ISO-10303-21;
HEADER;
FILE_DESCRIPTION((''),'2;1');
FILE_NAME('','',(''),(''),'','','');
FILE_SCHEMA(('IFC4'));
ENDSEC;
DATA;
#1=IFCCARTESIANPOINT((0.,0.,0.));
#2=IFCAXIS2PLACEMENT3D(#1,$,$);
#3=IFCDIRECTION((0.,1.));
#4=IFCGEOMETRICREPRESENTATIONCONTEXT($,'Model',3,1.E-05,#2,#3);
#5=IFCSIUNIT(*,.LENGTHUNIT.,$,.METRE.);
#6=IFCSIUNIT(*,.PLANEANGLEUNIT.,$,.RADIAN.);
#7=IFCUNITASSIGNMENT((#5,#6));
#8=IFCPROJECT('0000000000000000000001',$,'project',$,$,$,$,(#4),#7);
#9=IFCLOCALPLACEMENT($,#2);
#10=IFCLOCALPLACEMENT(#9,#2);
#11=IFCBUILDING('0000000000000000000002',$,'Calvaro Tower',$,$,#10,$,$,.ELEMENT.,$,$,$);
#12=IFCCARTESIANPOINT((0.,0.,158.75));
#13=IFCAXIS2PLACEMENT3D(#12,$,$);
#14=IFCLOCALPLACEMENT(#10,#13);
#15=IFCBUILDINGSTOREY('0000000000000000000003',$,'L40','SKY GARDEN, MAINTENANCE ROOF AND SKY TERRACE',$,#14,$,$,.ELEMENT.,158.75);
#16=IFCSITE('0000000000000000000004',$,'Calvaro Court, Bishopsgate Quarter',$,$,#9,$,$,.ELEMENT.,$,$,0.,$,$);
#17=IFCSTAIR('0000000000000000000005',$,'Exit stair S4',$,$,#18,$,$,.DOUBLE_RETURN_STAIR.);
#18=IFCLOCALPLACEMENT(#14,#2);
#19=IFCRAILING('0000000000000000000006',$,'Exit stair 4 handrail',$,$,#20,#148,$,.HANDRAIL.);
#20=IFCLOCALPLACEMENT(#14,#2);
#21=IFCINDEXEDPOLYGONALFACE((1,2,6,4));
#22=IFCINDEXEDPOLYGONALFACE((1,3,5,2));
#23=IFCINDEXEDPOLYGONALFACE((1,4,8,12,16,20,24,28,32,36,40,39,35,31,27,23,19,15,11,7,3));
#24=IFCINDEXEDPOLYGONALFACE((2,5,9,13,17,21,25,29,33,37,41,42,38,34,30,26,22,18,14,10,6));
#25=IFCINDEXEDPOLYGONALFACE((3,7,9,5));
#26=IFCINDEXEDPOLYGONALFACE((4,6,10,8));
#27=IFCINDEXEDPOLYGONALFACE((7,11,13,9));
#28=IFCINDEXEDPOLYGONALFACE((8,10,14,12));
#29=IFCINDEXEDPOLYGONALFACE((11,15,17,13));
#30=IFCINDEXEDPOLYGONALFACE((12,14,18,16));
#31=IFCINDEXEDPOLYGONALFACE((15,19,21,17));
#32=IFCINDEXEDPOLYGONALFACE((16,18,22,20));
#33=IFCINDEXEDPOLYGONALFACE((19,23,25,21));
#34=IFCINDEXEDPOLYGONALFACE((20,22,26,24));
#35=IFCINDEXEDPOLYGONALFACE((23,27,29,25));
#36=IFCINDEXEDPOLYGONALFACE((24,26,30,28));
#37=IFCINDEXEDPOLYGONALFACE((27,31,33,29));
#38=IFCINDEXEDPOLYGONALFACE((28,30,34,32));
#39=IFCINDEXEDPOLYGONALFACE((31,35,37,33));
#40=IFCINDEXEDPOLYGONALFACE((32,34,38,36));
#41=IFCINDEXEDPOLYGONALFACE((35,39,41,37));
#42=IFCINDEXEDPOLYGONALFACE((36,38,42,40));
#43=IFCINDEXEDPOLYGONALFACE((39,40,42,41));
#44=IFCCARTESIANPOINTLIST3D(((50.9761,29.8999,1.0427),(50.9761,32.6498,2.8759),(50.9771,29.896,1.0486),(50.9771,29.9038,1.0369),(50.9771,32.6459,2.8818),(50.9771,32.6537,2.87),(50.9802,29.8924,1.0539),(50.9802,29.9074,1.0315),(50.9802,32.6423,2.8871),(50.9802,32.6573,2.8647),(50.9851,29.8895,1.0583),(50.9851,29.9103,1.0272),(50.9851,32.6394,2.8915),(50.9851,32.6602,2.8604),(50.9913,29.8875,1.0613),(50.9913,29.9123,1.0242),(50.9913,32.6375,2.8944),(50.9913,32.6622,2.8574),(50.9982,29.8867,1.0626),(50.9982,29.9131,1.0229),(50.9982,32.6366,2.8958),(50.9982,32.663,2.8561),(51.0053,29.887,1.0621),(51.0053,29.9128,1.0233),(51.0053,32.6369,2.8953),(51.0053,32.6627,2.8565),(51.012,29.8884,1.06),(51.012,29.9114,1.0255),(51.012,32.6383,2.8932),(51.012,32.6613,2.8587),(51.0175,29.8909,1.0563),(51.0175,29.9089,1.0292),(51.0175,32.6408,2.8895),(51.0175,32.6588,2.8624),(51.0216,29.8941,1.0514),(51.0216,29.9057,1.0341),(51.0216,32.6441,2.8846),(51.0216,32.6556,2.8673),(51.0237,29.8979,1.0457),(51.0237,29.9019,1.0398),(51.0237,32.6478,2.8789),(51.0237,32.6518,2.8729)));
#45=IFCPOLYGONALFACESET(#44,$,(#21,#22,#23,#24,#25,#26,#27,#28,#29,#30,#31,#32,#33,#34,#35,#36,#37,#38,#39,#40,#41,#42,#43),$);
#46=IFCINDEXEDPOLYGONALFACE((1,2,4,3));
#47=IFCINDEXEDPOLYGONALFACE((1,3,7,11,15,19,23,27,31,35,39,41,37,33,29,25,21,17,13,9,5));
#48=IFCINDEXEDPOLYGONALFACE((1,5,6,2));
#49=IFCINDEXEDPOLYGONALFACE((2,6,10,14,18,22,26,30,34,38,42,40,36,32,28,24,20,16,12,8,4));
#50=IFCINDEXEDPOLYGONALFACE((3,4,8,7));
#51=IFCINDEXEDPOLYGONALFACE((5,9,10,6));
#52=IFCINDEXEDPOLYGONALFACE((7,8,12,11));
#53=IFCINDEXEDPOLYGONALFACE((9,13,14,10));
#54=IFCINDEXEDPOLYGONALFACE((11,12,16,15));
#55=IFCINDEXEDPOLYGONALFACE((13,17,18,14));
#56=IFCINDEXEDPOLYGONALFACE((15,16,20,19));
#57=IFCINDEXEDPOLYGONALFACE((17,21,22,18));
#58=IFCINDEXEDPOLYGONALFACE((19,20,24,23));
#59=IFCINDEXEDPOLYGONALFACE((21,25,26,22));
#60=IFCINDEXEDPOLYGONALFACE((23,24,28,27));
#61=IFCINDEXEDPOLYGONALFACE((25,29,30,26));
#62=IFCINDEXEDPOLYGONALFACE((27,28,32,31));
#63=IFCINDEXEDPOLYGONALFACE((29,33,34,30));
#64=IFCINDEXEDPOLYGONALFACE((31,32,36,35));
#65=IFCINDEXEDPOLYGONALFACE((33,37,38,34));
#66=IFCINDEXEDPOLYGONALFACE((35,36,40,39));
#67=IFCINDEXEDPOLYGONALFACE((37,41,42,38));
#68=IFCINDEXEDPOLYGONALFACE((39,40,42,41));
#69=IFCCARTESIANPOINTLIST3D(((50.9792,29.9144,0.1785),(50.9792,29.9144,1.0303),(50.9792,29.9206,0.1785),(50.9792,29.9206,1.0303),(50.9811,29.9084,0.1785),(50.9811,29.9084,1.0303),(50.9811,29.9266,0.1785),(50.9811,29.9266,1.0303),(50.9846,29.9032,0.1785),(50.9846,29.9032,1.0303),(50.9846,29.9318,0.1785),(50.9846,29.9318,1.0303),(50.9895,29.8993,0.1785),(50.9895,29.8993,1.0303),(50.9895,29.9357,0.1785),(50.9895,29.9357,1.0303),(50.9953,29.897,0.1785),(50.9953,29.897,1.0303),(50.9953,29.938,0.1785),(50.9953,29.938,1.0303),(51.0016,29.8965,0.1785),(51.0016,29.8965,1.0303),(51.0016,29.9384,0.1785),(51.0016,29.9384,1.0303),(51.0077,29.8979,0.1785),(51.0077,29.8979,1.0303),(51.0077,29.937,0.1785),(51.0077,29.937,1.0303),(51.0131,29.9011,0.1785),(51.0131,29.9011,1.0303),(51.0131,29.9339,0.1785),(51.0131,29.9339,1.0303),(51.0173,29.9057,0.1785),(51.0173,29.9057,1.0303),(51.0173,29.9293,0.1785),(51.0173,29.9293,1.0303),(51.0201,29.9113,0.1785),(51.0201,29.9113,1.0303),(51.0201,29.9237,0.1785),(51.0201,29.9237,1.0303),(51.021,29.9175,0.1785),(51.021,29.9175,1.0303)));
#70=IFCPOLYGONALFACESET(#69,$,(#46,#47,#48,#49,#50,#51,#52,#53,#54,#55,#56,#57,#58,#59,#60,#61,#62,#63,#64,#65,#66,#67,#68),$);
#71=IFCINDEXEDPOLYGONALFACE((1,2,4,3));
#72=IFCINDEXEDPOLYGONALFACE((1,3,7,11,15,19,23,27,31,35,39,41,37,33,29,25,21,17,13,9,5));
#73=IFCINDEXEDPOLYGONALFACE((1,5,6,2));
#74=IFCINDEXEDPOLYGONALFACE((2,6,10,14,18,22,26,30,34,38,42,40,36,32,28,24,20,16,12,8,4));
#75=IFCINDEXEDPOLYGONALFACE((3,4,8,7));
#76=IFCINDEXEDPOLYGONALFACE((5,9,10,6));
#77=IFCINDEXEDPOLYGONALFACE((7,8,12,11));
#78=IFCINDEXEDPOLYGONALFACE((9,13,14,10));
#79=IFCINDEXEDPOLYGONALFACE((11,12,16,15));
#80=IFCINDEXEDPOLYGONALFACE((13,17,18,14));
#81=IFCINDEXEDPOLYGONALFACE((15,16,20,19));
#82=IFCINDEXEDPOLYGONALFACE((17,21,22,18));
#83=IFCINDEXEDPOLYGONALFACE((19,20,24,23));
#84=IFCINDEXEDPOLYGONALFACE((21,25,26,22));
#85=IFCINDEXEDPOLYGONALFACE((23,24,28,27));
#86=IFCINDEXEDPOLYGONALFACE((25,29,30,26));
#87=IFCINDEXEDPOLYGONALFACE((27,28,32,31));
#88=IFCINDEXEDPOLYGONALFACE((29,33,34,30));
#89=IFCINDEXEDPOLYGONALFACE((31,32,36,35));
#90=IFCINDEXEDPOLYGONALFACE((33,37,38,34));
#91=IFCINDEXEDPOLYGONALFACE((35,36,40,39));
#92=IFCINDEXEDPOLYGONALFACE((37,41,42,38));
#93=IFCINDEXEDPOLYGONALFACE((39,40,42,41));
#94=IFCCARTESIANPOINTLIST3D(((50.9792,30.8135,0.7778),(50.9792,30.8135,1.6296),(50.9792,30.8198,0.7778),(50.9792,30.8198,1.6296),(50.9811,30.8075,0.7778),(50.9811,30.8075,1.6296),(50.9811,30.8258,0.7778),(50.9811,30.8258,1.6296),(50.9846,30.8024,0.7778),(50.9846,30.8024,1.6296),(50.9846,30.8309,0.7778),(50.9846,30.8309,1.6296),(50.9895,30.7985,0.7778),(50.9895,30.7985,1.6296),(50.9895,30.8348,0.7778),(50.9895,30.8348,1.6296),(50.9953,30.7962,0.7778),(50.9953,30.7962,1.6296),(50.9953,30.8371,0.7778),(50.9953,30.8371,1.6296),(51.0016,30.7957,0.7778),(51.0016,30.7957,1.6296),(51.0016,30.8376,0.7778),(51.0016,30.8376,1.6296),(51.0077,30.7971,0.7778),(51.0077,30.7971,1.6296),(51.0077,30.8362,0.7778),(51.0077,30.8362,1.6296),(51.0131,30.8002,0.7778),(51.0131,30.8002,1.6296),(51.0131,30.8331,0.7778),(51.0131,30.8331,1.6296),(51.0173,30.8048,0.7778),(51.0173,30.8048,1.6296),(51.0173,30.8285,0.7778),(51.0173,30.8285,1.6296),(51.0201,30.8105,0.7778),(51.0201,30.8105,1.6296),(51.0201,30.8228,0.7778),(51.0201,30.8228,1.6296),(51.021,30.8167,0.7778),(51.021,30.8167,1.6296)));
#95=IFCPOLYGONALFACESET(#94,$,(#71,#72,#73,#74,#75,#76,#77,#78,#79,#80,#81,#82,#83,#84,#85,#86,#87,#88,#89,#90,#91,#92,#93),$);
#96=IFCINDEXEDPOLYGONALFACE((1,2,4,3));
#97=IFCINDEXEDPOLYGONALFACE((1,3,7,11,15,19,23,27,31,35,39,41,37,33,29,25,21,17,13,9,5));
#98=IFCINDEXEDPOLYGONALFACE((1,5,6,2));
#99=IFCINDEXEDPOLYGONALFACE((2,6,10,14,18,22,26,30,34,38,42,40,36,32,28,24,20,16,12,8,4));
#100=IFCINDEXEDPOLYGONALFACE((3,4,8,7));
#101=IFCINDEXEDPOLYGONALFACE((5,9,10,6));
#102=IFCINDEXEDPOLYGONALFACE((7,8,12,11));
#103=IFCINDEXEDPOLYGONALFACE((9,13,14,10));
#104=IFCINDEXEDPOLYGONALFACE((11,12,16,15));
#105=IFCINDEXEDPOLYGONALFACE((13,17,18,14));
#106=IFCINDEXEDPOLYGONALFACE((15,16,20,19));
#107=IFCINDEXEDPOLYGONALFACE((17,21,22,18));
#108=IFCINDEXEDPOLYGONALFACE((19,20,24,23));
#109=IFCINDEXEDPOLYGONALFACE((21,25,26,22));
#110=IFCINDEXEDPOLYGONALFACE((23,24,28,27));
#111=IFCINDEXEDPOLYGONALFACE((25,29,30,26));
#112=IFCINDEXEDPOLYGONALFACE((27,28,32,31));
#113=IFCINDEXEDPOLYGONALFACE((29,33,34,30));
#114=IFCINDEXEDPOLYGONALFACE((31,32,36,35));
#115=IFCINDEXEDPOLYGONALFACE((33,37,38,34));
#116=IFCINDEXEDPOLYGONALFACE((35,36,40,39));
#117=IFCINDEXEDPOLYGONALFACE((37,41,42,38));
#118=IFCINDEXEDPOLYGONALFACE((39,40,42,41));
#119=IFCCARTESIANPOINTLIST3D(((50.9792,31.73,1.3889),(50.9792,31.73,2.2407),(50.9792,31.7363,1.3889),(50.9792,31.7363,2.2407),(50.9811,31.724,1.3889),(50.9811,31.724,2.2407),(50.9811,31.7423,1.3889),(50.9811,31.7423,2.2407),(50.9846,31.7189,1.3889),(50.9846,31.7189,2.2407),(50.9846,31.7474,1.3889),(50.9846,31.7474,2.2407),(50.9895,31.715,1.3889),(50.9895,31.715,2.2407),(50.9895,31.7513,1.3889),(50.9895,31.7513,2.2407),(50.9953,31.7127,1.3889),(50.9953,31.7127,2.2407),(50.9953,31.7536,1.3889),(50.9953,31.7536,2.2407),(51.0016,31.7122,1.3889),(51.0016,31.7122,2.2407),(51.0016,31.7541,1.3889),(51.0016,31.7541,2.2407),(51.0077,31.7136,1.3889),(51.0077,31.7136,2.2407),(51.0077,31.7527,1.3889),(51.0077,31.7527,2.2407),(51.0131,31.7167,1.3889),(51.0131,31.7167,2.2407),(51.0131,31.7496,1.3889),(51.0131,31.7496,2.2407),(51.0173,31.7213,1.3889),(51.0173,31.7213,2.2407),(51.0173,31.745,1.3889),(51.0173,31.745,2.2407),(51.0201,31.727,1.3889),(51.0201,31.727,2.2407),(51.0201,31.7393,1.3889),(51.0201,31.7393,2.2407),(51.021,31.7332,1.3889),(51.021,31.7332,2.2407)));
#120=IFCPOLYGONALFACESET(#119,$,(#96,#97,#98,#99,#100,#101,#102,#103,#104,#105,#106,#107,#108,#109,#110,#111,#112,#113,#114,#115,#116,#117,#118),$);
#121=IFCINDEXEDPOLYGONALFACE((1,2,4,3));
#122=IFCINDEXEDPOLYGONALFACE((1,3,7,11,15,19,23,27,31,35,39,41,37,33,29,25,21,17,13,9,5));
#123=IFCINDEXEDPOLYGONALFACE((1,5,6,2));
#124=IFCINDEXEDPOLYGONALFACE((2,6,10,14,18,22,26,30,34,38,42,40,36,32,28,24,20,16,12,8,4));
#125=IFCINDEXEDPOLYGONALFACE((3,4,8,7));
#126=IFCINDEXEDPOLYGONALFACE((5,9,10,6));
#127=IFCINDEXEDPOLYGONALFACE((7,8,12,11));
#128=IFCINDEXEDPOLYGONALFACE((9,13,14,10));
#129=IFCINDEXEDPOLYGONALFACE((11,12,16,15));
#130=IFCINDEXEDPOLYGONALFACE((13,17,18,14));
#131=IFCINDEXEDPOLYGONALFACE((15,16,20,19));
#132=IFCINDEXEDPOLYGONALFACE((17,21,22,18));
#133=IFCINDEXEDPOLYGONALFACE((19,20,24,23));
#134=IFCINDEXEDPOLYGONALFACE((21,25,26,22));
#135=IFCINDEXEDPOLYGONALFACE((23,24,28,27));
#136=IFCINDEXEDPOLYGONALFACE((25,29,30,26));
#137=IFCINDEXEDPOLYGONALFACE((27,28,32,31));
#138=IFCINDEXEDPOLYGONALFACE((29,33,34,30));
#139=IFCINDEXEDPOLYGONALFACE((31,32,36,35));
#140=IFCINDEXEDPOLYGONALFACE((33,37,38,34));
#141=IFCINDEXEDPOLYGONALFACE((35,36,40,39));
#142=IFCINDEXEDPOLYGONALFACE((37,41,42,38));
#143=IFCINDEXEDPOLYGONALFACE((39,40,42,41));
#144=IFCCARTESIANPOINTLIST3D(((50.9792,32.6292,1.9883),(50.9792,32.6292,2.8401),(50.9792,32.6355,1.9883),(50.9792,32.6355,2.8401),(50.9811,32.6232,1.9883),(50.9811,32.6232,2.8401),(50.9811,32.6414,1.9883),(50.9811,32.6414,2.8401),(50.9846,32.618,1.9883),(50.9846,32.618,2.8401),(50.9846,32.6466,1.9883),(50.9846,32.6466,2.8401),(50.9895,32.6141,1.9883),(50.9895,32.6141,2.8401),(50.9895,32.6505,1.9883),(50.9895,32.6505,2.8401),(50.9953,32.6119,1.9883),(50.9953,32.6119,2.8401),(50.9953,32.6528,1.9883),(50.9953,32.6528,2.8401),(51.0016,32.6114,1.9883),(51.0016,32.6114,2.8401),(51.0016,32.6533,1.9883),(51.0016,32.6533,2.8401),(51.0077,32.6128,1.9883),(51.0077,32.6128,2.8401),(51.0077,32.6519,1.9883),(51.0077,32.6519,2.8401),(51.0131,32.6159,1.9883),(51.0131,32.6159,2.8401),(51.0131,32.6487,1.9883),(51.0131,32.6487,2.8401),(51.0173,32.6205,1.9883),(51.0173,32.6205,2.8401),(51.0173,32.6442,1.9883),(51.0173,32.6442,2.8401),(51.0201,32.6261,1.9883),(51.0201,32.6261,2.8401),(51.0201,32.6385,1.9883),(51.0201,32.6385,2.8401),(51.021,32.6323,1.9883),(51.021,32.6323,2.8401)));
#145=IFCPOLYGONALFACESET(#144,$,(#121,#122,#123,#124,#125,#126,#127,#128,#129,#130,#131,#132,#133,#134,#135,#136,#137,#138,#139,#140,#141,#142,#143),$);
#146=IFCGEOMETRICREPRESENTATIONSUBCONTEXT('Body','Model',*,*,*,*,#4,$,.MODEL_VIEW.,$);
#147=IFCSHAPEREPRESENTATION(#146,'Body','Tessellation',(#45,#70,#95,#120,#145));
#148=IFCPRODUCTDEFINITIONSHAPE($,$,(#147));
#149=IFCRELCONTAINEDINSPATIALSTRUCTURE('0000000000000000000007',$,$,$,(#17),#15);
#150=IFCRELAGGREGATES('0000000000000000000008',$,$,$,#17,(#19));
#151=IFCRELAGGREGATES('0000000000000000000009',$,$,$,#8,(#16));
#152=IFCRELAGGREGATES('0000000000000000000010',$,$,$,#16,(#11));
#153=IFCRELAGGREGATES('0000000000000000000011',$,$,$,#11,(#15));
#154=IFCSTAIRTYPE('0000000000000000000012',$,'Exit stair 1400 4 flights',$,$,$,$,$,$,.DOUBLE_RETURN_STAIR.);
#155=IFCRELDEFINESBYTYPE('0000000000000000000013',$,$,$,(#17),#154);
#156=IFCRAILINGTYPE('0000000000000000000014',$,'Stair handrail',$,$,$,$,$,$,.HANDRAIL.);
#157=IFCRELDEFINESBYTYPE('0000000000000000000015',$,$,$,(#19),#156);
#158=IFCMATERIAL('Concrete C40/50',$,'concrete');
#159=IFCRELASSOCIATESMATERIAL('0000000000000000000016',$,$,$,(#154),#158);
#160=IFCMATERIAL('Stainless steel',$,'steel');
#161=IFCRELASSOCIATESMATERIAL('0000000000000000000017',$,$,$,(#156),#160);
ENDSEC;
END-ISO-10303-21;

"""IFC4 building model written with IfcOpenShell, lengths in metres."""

from ifc_helpers import new_model, si_unit, direction, frame, origin, origin_2d, place, context, subcontext, project, spatial, circle, extrude, material, type_object, element, aggregate, save


model = new_model("IFC4")

# Units and contexts
model_context = context("Model", 3, precision=1e-05, world=origin(), true_north=direction((0.0, 1.0)))
body_context = subcontext(model_context, "Body", "Model", "MODEL_VIEW")
ifc_project = project(units=[si_unit("LENGTHUNIT", "METRE"), si_unit("PLANEANGLEUNIT", "RADIAN")], contexts=[model_context])

# Site, building, storey
site_placement = place(None, origin())
site = spatial("IfcSite", under=ifc_project, at=site_placement, Name="Calvaro Court, Bishopsgate Quarter", CompositionType="ELEMENT", RefElevation=0.0)
building_placement = place(site_placement, origin())
building = spatial("IfcBuilding", under=site, at=building_placement, Name="Calvaro Tower", CompositionType="ELEMENT")
storey_placement = place(building_placement, frame((0.0, 0.0, 158.75)))
storey = spatial("IfcBuildingStorey", under=building, at=storey_placement, Name="L40", Description="SKY GARDEN, MAINTENANCE ROOF AND SKY TERRACE", CompositionType="ELEMENT", Elevation=158.75)

# Stair, railing
ifc_material_1 = material(Name="Concrete C40/50", Category="concrete")
stair_type = type_object("IfcStairType", Name="Exit stair 1400 4 flights", PredefinedType="DOUBLE_RETURN_STAIR", material=ifc_material_1)
stair_placement = place(storey_placement, origin())
stair = element("IfcStair", 1, at=stair_placement, inside=storey, type_object=stair_type, Name="Exit stair S4", PredefinedType="DOUBLE_RETURN_STAIR")
ifc_material_2 = material(Name="Stainless steel", Category="steel")
railing_type = type_object("IfcRailingType", Name="Stair handrail", PredefinedType="HANDRAIL", material=ifc_material_2)
railing_1_placement = place(storey_placement, frame((51.0, 29.8999, 0.1667)))
railing_1 = element("IfcRailing", 2, at=railing_1_placement, type_object=railing_type, Name="Exit stair 4 handrail", PredefinedType="HANDRAIL", context=body_context, shape_type="SweptSolid", body=[
    extrude(circle(Radius=0.0239, at=origin_2d()), frame((0.0, 0.0, 0.876), z_axis=(0.0, 0.832062, 0.554683), x_axis=(-1.0, 0.0, 0.0)), (0.0, 0.0, 1.0), 3.3049),
    extrude(circle(Radius=0.021, at=origin_2d()), frame((0.0, 0.0176, 0.0117)), (0.0, 0.0, 1.0), 0.8518),
    extrude(circle(Radius=0.021, at=origin_2d()), frame((0.0, 0.9167, 0.6111)), (0.0, 0.0, 1.0), 0.8518),
    extrude(circle(Radius=0.021, at=origin_2d()), frame((0.0, 1.8333, 1.2222)), (0.0, 0.0, 1.0), 0.8518),
    extrude(circle(Radius=0.021, at=origin_2d()), frame((0.0, 2.7324, 1.8215)), (0.0, 0.0, 1.0), 0.8518),
])
aggregate(stair, [railing_1])

save(model, "model.ifc")
